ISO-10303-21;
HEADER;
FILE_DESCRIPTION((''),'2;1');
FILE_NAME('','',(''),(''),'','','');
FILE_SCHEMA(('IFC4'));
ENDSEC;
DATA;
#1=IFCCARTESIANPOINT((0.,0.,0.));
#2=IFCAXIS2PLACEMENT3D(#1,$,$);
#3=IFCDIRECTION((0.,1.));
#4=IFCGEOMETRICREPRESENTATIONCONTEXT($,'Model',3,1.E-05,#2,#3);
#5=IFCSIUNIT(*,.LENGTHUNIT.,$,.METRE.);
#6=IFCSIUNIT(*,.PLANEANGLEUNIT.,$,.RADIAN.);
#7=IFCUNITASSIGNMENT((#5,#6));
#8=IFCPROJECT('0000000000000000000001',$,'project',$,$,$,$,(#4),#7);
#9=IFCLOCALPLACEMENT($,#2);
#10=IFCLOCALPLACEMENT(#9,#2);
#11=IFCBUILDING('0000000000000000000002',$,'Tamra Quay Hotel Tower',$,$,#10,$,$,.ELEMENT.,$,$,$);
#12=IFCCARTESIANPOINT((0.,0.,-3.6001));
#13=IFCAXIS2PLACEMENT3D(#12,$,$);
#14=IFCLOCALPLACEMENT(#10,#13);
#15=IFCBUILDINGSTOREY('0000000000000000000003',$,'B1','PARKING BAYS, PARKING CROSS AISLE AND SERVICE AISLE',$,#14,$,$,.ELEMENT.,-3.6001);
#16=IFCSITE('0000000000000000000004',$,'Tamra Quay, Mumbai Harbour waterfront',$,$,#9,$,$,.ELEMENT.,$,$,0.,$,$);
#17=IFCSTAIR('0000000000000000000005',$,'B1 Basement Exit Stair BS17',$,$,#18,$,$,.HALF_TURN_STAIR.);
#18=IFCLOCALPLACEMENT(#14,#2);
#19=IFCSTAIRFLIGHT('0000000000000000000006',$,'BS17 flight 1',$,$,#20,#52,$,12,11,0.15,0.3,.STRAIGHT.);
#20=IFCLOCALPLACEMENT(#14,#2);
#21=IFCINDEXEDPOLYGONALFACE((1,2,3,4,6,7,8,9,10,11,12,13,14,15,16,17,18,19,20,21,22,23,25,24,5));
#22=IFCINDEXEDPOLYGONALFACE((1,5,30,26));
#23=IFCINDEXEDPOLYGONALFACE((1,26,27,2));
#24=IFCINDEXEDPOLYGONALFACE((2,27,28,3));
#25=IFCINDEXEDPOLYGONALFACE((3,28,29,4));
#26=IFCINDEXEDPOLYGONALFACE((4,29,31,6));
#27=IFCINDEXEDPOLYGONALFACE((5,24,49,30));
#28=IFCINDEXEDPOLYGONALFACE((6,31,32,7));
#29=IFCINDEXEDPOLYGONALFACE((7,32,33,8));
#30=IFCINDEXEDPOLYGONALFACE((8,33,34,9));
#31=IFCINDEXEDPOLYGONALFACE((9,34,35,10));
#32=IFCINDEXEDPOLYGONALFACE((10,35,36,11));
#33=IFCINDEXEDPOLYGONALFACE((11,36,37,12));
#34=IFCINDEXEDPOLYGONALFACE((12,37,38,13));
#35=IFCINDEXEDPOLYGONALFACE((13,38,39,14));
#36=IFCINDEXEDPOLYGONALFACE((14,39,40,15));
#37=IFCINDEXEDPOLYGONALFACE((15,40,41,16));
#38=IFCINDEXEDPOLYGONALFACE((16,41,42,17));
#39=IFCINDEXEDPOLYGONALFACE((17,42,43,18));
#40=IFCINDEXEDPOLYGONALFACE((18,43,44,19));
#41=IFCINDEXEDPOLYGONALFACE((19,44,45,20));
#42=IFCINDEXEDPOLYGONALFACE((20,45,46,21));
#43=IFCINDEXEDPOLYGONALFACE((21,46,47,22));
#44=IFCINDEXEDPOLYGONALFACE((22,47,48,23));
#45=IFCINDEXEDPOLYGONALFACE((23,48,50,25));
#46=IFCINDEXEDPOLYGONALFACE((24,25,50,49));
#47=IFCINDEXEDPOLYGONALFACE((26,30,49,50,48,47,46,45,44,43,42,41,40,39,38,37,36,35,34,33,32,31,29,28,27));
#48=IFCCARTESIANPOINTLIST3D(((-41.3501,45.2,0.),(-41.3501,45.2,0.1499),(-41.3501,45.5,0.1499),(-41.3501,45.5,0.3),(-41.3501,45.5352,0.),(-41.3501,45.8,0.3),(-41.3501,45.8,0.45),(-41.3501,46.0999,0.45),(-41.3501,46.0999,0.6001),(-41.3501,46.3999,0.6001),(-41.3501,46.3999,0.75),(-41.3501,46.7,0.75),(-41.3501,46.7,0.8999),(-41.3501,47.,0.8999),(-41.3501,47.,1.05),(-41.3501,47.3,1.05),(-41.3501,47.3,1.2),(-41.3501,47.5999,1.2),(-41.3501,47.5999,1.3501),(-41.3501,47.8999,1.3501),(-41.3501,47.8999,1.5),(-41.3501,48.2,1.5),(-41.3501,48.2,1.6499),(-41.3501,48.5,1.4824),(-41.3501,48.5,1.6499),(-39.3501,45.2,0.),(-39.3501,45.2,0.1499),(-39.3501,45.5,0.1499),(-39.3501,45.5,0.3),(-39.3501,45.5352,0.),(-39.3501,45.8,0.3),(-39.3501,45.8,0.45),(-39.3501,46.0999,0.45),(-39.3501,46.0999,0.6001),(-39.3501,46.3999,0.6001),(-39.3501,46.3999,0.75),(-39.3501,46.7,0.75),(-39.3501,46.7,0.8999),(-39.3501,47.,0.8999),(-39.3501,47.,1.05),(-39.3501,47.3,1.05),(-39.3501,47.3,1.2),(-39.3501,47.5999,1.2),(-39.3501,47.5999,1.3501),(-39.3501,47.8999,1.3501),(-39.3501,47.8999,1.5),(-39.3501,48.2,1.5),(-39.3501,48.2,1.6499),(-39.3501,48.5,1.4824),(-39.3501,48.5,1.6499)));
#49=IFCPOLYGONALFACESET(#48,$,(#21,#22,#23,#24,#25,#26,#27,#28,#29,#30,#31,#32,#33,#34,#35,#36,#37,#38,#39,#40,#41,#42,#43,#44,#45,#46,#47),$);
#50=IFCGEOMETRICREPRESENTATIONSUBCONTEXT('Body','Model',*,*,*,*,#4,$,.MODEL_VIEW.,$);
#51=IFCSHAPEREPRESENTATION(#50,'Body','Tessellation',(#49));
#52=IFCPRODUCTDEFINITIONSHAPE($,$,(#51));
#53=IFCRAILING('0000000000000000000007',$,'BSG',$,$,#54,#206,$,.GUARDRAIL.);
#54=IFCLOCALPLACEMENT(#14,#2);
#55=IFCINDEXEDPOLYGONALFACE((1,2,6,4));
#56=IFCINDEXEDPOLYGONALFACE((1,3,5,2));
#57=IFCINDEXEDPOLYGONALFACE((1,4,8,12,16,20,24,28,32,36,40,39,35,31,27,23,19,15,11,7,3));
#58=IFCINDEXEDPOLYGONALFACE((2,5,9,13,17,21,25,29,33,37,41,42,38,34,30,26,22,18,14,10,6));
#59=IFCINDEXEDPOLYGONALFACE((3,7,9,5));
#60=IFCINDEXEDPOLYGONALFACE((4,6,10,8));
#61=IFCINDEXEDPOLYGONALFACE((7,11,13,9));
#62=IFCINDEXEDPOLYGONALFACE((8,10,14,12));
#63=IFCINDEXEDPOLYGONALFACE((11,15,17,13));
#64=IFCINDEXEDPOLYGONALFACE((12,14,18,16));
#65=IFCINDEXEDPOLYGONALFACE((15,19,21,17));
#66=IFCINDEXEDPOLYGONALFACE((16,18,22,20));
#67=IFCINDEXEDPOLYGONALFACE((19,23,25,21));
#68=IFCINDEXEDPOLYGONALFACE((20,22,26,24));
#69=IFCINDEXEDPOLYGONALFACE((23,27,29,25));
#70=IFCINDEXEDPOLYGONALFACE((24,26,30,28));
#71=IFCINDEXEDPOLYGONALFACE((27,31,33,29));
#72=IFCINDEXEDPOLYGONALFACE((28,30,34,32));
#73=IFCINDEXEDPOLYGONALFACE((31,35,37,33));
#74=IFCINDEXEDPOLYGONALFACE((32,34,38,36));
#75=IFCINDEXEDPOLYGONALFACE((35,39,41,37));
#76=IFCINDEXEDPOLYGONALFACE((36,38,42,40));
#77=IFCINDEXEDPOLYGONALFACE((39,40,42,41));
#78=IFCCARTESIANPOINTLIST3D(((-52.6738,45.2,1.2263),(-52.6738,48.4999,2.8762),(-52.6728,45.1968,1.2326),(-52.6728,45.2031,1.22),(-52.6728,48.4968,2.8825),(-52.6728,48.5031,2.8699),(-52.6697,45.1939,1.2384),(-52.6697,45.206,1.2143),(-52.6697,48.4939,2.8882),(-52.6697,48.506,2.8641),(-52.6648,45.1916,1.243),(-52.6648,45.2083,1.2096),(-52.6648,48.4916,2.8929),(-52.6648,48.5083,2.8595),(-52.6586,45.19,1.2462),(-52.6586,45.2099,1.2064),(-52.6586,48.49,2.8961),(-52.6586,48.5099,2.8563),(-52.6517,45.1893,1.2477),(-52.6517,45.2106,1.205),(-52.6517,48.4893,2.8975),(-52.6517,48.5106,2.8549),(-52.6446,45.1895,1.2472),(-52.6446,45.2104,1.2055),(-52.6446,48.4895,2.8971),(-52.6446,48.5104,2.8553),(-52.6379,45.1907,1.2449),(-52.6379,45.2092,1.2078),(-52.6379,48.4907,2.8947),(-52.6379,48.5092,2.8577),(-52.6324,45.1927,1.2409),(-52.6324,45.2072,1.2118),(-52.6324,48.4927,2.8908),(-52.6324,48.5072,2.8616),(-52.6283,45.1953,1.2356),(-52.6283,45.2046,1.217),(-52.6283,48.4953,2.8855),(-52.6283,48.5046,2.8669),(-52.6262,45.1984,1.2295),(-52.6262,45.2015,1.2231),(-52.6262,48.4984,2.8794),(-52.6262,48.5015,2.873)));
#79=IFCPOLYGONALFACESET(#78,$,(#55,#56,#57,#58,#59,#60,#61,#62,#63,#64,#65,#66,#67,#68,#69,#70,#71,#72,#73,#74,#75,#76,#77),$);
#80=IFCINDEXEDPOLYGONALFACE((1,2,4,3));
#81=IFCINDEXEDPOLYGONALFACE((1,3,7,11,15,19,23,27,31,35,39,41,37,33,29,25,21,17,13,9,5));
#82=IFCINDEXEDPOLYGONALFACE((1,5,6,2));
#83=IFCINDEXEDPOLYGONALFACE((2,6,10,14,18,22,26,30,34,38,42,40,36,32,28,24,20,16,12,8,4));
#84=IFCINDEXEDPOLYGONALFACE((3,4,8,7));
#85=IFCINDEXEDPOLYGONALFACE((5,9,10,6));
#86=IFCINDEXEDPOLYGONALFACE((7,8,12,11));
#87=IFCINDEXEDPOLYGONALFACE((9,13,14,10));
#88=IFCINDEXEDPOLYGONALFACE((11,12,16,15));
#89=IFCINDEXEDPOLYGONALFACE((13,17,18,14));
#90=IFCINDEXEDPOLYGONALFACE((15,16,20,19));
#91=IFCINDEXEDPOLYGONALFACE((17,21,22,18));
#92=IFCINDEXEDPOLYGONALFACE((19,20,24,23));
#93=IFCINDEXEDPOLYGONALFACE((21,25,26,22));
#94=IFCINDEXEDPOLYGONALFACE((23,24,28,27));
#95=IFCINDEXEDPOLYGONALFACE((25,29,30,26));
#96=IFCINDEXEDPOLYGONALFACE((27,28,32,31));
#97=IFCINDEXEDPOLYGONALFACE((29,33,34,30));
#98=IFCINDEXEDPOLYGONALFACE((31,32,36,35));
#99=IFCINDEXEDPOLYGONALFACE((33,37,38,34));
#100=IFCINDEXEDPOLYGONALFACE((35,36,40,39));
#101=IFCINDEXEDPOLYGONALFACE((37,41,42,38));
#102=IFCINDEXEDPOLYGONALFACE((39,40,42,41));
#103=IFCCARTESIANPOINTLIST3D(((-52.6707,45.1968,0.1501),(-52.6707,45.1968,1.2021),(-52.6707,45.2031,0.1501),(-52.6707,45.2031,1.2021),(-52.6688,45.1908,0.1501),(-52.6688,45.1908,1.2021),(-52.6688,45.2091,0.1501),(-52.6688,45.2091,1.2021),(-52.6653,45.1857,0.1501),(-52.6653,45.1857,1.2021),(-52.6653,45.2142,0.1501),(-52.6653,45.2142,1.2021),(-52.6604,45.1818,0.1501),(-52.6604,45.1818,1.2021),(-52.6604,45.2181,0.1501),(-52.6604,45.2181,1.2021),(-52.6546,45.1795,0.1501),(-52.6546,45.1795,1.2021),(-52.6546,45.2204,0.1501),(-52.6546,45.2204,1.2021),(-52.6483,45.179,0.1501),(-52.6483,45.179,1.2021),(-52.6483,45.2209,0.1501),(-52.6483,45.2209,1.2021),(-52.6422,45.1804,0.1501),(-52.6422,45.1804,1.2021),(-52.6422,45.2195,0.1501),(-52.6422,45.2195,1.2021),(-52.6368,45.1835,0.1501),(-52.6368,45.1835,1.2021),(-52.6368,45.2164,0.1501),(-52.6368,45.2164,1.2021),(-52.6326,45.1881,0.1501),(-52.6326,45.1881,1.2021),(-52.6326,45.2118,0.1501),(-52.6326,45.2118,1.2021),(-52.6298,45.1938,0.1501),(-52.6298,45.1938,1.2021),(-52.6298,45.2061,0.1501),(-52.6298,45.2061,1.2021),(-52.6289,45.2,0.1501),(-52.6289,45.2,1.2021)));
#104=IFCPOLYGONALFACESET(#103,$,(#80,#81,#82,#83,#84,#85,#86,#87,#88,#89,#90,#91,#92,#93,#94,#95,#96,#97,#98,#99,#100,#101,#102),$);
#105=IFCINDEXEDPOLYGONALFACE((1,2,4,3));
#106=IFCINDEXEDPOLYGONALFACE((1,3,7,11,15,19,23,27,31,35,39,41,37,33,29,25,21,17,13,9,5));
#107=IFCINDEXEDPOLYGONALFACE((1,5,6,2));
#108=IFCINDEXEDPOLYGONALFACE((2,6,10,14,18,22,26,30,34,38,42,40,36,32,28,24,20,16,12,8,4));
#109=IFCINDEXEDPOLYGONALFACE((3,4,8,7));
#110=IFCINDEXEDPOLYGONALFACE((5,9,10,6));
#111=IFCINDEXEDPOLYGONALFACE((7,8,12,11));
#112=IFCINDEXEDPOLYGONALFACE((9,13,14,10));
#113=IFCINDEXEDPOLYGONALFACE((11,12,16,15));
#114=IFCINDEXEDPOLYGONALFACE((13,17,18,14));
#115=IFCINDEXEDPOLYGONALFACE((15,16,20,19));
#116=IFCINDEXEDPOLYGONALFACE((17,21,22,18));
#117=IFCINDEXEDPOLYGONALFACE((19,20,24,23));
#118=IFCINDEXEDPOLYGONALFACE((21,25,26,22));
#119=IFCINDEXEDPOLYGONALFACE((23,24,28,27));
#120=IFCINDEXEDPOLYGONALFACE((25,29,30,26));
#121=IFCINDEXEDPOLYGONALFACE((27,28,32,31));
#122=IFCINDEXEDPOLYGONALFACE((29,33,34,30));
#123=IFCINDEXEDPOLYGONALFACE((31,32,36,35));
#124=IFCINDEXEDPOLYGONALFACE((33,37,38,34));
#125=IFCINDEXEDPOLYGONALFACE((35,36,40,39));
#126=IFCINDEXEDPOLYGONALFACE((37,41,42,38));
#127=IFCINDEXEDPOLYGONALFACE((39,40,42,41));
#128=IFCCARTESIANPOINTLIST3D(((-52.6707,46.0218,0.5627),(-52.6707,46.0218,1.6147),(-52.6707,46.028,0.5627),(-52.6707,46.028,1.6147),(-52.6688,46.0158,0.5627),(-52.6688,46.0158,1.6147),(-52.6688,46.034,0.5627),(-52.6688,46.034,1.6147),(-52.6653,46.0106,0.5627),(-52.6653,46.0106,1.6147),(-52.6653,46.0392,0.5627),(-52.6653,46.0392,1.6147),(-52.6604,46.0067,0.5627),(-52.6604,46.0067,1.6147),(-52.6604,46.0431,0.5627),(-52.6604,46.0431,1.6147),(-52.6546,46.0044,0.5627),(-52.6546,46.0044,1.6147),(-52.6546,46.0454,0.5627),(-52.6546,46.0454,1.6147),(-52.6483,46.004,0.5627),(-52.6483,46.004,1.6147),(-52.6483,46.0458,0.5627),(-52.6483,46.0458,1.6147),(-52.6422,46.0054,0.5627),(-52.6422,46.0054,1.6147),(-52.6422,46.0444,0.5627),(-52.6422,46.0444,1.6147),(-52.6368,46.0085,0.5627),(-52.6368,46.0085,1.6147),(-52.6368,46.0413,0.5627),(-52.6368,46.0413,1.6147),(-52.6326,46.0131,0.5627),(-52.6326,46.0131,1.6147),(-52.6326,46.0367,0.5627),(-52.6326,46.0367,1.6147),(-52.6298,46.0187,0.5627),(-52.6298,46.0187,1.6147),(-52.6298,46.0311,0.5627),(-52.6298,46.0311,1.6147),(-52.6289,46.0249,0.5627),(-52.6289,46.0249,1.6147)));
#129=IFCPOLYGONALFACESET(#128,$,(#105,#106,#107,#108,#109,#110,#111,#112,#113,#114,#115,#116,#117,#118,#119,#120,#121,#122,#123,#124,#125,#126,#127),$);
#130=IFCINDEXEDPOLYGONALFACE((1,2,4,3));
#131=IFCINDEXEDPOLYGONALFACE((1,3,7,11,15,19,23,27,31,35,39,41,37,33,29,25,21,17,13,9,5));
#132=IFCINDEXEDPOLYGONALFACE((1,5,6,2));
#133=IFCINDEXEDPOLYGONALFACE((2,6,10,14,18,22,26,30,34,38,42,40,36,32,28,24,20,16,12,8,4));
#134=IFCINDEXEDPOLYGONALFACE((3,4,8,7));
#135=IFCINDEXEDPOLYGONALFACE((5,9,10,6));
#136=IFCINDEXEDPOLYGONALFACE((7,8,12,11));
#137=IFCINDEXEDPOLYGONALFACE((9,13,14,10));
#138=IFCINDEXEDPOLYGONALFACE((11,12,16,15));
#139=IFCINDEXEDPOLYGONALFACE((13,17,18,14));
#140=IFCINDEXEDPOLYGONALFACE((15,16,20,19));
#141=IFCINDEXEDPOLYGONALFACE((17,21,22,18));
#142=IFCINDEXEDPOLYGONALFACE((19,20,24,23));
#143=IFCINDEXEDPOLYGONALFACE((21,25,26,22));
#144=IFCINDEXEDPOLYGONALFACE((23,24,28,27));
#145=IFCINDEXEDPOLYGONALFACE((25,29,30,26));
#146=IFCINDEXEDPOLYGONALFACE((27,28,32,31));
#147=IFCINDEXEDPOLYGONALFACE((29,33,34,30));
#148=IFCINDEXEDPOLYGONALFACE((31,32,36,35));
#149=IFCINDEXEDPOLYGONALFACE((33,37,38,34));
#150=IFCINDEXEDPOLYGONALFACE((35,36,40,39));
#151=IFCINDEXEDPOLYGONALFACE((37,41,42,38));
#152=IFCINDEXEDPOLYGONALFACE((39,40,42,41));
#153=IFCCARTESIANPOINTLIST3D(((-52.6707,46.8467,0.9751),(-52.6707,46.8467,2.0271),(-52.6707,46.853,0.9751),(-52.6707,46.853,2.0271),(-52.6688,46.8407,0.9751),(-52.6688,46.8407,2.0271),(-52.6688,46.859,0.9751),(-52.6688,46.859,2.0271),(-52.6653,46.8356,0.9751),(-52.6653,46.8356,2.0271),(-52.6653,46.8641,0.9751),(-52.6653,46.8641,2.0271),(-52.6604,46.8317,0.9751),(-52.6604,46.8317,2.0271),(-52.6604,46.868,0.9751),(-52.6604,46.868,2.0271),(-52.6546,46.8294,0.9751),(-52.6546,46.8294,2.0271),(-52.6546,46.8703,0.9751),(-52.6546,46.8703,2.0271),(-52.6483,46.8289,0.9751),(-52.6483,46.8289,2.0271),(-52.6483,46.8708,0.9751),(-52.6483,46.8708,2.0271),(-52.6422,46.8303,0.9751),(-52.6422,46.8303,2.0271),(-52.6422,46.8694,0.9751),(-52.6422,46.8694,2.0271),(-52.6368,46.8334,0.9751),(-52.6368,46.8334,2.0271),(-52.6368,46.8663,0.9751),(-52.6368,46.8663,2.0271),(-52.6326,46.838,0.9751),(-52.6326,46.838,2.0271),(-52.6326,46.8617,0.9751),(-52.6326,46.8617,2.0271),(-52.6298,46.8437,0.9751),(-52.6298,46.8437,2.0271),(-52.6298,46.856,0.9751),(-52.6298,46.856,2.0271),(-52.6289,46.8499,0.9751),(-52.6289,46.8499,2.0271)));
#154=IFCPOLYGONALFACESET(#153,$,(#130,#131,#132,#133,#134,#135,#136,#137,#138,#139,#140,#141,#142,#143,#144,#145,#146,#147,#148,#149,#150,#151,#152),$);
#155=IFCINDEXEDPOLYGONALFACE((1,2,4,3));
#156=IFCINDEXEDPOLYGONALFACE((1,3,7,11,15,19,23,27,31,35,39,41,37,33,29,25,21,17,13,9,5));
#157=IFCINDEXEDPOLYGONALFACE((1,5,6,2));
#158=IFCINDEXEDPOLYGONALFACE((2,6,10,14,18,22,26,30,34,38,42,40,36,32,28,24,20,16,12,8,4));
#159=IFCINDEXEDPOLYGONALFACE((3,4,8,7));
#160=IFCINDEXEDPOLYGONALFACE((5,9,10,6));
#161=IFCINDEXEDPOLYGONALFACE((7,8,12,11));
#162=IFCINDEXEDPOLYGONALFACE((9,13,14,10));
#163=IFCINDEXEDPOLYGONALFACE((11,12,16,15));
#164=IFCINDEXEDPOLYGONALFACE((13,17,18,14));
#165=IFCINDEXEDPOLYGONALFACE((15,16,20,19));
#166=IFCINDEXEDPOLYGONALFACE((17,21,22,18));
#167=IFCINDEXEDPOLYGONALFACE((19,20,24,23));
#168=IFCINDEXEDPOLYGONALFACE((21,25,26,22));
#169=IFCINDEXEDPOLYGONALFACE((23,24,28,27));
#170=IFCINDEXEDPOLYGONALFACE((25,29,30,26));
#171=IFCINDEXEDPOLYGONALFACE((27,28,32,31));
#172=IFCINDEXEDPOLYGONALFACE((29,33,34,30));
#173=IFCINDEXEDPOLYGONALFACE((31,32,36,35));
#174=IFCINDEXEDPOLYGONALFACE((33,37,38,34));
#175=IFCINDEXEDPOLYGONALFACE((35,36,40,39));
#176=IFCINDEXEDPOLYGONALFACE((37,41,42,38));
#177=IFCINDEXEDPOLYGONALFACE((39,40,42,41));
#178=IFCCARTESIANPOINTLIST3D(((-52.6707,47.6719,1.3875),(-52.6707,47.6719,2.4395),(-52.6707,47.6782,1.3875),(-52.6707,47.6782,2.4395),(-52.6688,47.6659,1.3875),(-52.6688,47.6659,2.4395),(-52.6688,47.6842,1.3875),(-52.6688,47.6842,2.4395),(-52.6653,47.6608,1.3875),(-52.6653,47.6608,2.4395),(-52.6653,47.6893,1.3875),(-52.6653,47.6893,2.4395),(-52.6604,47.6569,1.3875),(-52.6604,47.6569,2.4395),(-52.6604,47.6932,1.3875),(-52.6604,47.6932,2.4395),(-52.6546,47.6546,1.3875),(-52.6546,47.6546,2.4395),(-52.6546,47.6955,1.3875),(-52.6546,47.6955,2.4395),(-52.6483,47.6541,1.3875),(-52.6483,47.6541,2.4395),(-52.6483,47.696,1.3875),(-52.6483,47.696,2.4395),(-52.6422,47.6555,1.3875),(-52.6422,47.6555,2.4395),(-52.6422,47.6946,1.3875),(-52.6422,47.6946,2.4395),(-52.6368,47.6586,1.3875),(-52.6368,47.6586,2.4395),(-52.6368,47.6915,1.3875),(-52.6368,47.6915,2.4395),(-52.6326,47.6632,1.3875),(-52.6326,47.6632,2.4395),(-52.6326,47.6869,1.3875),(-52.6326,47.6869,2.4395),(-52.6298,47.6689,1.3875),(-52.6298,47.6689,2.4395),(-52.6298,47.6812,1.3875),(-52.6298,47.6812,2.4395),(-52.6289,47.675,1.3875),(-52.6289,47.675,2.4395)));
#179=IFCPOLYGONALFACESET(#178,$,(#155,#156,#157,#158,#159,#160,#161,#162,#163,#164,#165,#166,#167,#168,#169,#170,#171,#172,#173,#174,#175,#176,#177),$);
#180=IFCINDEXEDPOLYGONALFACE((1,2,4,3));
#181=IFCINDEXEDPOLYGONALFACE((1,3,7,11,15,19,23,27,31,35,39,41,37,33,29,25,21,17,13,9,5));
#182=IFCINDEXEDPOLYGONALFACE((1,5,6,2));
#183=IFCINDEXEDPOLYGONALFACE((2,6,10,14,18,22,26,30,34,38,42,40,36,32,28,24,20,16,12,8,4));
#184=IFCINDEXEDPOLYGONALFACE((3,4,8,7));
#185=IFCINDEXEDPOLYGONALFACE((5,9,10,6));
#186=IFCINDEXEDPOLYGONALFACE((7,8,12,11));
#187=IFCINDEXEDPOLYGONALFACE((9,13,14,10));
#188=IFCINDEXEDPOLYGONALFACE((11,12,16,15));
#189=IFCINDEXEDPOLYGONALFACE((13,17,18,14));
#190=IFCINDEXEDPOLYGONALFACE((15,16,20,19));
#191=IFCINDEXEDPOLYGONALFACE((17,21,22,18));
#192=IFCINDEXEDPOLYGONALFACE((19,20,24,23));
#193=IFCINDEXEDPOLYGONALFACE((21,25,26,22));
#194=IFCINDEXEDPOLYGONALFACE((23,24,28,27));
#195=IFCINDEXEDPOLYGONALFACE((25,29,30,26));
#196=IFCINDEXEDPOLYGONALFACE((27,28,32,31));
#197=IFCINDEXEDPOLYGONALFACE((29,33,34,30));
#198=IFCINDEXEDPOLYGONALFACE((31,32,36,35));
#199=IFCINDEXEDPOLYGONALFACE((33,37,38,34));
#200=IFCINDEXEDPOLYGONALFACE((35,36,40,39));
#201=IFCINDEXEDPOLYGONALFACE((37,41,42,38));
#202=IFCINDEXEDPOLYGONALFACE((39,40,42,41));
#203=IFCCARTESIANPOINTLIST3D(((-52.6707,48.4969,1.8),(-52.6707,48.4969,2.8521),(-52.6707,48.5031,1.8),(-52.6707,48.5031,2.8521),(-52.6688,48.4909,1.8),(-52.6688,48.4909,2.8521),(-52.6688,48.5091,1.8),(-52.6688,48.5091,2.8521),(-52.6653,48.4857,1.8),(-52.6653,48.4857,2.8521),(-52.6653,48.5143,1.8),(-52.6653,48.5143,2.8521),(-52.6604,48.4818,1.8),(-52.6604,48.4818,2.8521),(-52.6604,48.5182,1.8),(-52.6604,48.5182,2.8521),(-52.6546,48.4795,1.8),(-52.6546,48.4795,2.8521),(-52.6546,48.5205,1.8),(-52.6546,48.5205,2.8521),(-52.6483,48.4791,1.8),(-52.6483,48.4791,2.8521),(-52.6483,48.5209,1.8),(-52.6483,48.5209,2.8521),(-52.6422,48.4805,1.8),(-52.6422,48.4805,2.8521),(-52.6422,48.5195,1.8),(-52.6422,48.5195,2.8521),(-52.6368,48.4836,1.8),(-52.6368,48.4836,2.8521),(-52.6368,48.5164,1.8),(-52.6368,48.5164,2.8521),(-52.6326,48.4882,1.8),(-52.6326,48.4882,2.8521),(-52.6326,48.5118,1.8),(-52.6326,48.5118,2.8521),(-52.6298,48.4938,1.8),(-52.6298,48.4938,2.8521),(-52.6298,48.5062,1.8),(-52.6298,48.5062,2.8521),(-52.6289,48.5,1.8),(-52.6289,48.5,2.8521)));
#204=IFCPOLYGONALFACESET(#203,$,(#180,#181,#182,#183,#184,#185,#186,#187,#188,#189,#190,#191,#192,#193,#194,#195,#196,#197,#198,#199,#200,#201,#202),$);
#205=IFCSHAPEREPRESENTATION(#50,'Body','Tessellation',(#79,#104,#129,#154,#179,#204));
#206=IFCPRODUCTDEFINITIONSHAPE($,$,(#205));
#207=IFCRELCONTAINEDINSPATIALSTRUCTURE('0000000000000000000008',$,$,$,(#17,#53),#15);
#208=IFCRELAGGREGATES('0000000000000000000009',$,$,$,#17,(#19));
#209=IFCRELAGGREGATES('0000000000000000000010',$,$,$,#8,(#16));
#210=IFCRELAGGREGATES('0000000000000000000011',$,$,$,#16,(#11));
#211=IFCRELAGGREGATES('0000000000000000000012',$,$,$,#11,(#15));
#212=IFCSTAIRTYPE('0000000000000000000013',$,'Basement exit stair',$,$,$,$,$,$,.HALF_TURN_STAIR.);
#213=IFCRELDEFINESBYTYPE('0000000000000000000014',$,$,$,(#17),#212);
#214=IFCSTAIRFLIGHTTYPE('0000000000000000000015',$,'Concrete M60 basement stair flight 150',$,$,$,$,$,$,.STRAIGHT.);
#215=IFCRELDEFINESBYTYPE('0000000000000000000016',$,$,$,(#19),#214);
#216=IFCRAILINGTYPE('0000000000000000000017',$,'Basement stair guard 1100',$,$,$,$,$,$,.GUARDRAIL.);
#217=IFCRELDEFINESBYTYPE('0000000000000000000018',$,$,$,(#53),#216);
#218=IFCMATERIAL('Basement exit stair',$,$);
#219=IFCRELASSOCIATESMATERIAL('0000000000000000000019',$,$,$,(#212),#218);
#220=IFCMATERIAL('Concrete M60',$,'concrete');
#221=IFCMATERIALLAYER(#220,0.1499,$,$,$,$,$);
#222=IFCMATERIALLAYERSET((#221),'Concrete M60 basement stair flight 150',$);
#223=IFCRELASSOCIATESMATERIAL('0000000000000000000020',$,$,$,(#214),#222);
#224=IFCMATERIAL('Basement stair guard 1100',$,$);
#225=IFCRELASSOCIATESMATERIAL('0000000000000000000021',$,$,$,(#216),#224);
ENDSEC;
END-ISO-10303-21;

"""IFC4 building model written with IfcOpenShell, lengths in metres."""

from ifc_helpers import new_model, si_unit, direction, frame, origin, origin_2d, place, context, subcontext, project, spatial, polyline, circle, outline, extrude, material, layer, layer_set, type_object, element, aggregate, save


model = new_model("IFC4")

# Units and contexts
model_context = context("Model", 3, precision=1e-05, world=origin(), true_north=direction((0.0, 1.0)))
body_context = subcontext(model_context, "Body", "Model", "MODEL_VIEW")
ifc_project = project(units=[si_unit("LENGTHUNIT", "METRE"), si_unit("PLANEANGLEUNIT", "RADIAN")], contexts=[model_context])

# Site, building, storey
site_placement = place(None, origin())
site = spatial("IfcSite", under=ifc_project, at=site_placement, Name="Tamra Quay, Mumbai Harbour waterfront", CompositionType="ELEMENT", RefElevation=0.0)
building_placement = place(site_placement, origin())
building = spatial("IfcBuilding", under=site, at=building_placement, Name="Tamra Quay Hotel Tower", CompositionType="ELEMENT")
storey_placement = place(building_placement, frame((0.0, 0.0, -3.6001)))
storey = spatial("IfcBuildingStorey", under=building, at=storey_placement, Name="B1", Description="PARKING BAYS, PARKING CROSS AISLE AND SERVICE AISLE", CompositionType="ELEMENT", Elevation=-3.6001)

# Stair, stair flight
ifc_material_1 = material(Name="Basement exit stair")
stair_type = type_object("IfcStairType", Name="Basement exit stair", PredefinedType="HALF_TURN_STAIR", material=ifc_material_1)
ifc_material_2 = material(Name="Concrete M60", Category="concrete")
ifc_layer_1 = layer(ifc_material_2, 0.1499)
ifc_layer_set_1 = layer_set([ifc_layer_1], Name="Concrete M60 basement stair flight 150")
stair_flight_type = type_object("IfcStairFlightType", Name="Concrete M60 basement stair flight 150", PredefinedType="STRAIGHT", material=ifc_layer_set_1)
stair_1_placement = place(storey_placement, origin())
stair_1 = element("IfcStair", 1, at=stair_1_placement, inside=storey, type_object=stair_type, Name="B1 Basement Exit Stair BS17", PredefinedType="HALF_TURN_STAIR")
stair_flight_1_placement = place(storey_placement, frame((-40.3501, 45.2, 0.0), z_axis=(0.0, 0.0, 1.0), x_axis=(0.0, 1.0, 0.0)))
stair_flight_1 = element("IfcStairFlight", 2, at=stair_flight_1_placement, type_object=stair_flight_type, Name="BS17 flight 1", NumberOfRisers=12, NumberOfTreads=11, PredefinedType="STRAIGHT", RiserHeight=0.15, TreadLength=0.3, context=body_context, shape_type="SweptSolid", body=[
    extrude(outline(polyline([(0.0, 0.0), (0.0, 0.1499), (0.3, 0.1499), (0.3, 0.3), (0.6001, 0.3), (0.6001, 0.45), (0.8999, 0.45), (0.8999, 0.6001), (1.2, 0.6001), (1.2, 0.75), (1.5, 0.75), (1.5, 0.8999), (1.8, 0.8999), (1.8, 1.05), (2.1001, 1.05), (2.1001, 1.2), (2.3999, 1.2), (2.3999, 1.3501), (2.7, 1.3501), (2.7, 1.5), (3.0, 1.5), (3.0, 1.6499), (3.3, 1.6499), (3.3, 1.8), (3.3, 1.4824), (0.3352, 0.0), (0.0, 0.0)])), frame((0.0, 1.0, 0.0), z_axis=(0.0, -1.0, 0.0), x_axis=(1.0, 0.0, 0.0)), (0.0, 0.0, 1.0), 2.0),
])
aggregate(stair_1, [stair_flight_1])

# Railing
ifc_material_3 = material(Name="Basement stair guard 1100")
railing_type_1 = type_object("IfcRailingType", Name="Basement stair guard 1100", PredefinedType="GUARDRAIL", material=ifc_material_3)
railing_1_placement = place(storey_placement, frame((-52.6499, 45.2, 0.1501)))
element("IfcRailing", 3, at=railing_1_placement, inside=storey, type_object=railing_type_1, Name="BSG", PredefinedType="GUARDRAIL", context=body_context, shape_type="SweptSolid", body=[
    extrude(circle(Radius=0.0239, at=origin_2d()), frame((0.0, 0.0, 1.0762), z_axis=(0.0, 0.89444, 0.447187), x_axis=(-1.0, 0.0, 0.0)), (0.0, 0.0, 1.0), 3.6895),
    extrude(circle(Radius=0.021, at=origin_2d()), origin(), (0.0, 0.0, 1.0), 1.052),
    extrude(circle(Radius=0.021, at=origin_2d()), frame((0.0, 0.825, 0.4126)), (0.0, 0.0, 1.0), 1.052),
    extrude(circle(Radius=0.021, at=origin_2d()), frame((0.0, 1.6499, 0.825)), (0.0, 0.0, 1.0), 1.052),
    extrude(circle(Radius=0.021, at=origin_2d()), frame((0.0, 2.4751, 1.2373)), (0.0, 0.0, 1.0), 1.052),
    extrude(circle(Radius=0.021, at=origin_2d()), frame((0.0, 3.3, 1.6499)), (0.0, 0.0, 1.0), 1.052),
])

save(model, "model.ifc")
